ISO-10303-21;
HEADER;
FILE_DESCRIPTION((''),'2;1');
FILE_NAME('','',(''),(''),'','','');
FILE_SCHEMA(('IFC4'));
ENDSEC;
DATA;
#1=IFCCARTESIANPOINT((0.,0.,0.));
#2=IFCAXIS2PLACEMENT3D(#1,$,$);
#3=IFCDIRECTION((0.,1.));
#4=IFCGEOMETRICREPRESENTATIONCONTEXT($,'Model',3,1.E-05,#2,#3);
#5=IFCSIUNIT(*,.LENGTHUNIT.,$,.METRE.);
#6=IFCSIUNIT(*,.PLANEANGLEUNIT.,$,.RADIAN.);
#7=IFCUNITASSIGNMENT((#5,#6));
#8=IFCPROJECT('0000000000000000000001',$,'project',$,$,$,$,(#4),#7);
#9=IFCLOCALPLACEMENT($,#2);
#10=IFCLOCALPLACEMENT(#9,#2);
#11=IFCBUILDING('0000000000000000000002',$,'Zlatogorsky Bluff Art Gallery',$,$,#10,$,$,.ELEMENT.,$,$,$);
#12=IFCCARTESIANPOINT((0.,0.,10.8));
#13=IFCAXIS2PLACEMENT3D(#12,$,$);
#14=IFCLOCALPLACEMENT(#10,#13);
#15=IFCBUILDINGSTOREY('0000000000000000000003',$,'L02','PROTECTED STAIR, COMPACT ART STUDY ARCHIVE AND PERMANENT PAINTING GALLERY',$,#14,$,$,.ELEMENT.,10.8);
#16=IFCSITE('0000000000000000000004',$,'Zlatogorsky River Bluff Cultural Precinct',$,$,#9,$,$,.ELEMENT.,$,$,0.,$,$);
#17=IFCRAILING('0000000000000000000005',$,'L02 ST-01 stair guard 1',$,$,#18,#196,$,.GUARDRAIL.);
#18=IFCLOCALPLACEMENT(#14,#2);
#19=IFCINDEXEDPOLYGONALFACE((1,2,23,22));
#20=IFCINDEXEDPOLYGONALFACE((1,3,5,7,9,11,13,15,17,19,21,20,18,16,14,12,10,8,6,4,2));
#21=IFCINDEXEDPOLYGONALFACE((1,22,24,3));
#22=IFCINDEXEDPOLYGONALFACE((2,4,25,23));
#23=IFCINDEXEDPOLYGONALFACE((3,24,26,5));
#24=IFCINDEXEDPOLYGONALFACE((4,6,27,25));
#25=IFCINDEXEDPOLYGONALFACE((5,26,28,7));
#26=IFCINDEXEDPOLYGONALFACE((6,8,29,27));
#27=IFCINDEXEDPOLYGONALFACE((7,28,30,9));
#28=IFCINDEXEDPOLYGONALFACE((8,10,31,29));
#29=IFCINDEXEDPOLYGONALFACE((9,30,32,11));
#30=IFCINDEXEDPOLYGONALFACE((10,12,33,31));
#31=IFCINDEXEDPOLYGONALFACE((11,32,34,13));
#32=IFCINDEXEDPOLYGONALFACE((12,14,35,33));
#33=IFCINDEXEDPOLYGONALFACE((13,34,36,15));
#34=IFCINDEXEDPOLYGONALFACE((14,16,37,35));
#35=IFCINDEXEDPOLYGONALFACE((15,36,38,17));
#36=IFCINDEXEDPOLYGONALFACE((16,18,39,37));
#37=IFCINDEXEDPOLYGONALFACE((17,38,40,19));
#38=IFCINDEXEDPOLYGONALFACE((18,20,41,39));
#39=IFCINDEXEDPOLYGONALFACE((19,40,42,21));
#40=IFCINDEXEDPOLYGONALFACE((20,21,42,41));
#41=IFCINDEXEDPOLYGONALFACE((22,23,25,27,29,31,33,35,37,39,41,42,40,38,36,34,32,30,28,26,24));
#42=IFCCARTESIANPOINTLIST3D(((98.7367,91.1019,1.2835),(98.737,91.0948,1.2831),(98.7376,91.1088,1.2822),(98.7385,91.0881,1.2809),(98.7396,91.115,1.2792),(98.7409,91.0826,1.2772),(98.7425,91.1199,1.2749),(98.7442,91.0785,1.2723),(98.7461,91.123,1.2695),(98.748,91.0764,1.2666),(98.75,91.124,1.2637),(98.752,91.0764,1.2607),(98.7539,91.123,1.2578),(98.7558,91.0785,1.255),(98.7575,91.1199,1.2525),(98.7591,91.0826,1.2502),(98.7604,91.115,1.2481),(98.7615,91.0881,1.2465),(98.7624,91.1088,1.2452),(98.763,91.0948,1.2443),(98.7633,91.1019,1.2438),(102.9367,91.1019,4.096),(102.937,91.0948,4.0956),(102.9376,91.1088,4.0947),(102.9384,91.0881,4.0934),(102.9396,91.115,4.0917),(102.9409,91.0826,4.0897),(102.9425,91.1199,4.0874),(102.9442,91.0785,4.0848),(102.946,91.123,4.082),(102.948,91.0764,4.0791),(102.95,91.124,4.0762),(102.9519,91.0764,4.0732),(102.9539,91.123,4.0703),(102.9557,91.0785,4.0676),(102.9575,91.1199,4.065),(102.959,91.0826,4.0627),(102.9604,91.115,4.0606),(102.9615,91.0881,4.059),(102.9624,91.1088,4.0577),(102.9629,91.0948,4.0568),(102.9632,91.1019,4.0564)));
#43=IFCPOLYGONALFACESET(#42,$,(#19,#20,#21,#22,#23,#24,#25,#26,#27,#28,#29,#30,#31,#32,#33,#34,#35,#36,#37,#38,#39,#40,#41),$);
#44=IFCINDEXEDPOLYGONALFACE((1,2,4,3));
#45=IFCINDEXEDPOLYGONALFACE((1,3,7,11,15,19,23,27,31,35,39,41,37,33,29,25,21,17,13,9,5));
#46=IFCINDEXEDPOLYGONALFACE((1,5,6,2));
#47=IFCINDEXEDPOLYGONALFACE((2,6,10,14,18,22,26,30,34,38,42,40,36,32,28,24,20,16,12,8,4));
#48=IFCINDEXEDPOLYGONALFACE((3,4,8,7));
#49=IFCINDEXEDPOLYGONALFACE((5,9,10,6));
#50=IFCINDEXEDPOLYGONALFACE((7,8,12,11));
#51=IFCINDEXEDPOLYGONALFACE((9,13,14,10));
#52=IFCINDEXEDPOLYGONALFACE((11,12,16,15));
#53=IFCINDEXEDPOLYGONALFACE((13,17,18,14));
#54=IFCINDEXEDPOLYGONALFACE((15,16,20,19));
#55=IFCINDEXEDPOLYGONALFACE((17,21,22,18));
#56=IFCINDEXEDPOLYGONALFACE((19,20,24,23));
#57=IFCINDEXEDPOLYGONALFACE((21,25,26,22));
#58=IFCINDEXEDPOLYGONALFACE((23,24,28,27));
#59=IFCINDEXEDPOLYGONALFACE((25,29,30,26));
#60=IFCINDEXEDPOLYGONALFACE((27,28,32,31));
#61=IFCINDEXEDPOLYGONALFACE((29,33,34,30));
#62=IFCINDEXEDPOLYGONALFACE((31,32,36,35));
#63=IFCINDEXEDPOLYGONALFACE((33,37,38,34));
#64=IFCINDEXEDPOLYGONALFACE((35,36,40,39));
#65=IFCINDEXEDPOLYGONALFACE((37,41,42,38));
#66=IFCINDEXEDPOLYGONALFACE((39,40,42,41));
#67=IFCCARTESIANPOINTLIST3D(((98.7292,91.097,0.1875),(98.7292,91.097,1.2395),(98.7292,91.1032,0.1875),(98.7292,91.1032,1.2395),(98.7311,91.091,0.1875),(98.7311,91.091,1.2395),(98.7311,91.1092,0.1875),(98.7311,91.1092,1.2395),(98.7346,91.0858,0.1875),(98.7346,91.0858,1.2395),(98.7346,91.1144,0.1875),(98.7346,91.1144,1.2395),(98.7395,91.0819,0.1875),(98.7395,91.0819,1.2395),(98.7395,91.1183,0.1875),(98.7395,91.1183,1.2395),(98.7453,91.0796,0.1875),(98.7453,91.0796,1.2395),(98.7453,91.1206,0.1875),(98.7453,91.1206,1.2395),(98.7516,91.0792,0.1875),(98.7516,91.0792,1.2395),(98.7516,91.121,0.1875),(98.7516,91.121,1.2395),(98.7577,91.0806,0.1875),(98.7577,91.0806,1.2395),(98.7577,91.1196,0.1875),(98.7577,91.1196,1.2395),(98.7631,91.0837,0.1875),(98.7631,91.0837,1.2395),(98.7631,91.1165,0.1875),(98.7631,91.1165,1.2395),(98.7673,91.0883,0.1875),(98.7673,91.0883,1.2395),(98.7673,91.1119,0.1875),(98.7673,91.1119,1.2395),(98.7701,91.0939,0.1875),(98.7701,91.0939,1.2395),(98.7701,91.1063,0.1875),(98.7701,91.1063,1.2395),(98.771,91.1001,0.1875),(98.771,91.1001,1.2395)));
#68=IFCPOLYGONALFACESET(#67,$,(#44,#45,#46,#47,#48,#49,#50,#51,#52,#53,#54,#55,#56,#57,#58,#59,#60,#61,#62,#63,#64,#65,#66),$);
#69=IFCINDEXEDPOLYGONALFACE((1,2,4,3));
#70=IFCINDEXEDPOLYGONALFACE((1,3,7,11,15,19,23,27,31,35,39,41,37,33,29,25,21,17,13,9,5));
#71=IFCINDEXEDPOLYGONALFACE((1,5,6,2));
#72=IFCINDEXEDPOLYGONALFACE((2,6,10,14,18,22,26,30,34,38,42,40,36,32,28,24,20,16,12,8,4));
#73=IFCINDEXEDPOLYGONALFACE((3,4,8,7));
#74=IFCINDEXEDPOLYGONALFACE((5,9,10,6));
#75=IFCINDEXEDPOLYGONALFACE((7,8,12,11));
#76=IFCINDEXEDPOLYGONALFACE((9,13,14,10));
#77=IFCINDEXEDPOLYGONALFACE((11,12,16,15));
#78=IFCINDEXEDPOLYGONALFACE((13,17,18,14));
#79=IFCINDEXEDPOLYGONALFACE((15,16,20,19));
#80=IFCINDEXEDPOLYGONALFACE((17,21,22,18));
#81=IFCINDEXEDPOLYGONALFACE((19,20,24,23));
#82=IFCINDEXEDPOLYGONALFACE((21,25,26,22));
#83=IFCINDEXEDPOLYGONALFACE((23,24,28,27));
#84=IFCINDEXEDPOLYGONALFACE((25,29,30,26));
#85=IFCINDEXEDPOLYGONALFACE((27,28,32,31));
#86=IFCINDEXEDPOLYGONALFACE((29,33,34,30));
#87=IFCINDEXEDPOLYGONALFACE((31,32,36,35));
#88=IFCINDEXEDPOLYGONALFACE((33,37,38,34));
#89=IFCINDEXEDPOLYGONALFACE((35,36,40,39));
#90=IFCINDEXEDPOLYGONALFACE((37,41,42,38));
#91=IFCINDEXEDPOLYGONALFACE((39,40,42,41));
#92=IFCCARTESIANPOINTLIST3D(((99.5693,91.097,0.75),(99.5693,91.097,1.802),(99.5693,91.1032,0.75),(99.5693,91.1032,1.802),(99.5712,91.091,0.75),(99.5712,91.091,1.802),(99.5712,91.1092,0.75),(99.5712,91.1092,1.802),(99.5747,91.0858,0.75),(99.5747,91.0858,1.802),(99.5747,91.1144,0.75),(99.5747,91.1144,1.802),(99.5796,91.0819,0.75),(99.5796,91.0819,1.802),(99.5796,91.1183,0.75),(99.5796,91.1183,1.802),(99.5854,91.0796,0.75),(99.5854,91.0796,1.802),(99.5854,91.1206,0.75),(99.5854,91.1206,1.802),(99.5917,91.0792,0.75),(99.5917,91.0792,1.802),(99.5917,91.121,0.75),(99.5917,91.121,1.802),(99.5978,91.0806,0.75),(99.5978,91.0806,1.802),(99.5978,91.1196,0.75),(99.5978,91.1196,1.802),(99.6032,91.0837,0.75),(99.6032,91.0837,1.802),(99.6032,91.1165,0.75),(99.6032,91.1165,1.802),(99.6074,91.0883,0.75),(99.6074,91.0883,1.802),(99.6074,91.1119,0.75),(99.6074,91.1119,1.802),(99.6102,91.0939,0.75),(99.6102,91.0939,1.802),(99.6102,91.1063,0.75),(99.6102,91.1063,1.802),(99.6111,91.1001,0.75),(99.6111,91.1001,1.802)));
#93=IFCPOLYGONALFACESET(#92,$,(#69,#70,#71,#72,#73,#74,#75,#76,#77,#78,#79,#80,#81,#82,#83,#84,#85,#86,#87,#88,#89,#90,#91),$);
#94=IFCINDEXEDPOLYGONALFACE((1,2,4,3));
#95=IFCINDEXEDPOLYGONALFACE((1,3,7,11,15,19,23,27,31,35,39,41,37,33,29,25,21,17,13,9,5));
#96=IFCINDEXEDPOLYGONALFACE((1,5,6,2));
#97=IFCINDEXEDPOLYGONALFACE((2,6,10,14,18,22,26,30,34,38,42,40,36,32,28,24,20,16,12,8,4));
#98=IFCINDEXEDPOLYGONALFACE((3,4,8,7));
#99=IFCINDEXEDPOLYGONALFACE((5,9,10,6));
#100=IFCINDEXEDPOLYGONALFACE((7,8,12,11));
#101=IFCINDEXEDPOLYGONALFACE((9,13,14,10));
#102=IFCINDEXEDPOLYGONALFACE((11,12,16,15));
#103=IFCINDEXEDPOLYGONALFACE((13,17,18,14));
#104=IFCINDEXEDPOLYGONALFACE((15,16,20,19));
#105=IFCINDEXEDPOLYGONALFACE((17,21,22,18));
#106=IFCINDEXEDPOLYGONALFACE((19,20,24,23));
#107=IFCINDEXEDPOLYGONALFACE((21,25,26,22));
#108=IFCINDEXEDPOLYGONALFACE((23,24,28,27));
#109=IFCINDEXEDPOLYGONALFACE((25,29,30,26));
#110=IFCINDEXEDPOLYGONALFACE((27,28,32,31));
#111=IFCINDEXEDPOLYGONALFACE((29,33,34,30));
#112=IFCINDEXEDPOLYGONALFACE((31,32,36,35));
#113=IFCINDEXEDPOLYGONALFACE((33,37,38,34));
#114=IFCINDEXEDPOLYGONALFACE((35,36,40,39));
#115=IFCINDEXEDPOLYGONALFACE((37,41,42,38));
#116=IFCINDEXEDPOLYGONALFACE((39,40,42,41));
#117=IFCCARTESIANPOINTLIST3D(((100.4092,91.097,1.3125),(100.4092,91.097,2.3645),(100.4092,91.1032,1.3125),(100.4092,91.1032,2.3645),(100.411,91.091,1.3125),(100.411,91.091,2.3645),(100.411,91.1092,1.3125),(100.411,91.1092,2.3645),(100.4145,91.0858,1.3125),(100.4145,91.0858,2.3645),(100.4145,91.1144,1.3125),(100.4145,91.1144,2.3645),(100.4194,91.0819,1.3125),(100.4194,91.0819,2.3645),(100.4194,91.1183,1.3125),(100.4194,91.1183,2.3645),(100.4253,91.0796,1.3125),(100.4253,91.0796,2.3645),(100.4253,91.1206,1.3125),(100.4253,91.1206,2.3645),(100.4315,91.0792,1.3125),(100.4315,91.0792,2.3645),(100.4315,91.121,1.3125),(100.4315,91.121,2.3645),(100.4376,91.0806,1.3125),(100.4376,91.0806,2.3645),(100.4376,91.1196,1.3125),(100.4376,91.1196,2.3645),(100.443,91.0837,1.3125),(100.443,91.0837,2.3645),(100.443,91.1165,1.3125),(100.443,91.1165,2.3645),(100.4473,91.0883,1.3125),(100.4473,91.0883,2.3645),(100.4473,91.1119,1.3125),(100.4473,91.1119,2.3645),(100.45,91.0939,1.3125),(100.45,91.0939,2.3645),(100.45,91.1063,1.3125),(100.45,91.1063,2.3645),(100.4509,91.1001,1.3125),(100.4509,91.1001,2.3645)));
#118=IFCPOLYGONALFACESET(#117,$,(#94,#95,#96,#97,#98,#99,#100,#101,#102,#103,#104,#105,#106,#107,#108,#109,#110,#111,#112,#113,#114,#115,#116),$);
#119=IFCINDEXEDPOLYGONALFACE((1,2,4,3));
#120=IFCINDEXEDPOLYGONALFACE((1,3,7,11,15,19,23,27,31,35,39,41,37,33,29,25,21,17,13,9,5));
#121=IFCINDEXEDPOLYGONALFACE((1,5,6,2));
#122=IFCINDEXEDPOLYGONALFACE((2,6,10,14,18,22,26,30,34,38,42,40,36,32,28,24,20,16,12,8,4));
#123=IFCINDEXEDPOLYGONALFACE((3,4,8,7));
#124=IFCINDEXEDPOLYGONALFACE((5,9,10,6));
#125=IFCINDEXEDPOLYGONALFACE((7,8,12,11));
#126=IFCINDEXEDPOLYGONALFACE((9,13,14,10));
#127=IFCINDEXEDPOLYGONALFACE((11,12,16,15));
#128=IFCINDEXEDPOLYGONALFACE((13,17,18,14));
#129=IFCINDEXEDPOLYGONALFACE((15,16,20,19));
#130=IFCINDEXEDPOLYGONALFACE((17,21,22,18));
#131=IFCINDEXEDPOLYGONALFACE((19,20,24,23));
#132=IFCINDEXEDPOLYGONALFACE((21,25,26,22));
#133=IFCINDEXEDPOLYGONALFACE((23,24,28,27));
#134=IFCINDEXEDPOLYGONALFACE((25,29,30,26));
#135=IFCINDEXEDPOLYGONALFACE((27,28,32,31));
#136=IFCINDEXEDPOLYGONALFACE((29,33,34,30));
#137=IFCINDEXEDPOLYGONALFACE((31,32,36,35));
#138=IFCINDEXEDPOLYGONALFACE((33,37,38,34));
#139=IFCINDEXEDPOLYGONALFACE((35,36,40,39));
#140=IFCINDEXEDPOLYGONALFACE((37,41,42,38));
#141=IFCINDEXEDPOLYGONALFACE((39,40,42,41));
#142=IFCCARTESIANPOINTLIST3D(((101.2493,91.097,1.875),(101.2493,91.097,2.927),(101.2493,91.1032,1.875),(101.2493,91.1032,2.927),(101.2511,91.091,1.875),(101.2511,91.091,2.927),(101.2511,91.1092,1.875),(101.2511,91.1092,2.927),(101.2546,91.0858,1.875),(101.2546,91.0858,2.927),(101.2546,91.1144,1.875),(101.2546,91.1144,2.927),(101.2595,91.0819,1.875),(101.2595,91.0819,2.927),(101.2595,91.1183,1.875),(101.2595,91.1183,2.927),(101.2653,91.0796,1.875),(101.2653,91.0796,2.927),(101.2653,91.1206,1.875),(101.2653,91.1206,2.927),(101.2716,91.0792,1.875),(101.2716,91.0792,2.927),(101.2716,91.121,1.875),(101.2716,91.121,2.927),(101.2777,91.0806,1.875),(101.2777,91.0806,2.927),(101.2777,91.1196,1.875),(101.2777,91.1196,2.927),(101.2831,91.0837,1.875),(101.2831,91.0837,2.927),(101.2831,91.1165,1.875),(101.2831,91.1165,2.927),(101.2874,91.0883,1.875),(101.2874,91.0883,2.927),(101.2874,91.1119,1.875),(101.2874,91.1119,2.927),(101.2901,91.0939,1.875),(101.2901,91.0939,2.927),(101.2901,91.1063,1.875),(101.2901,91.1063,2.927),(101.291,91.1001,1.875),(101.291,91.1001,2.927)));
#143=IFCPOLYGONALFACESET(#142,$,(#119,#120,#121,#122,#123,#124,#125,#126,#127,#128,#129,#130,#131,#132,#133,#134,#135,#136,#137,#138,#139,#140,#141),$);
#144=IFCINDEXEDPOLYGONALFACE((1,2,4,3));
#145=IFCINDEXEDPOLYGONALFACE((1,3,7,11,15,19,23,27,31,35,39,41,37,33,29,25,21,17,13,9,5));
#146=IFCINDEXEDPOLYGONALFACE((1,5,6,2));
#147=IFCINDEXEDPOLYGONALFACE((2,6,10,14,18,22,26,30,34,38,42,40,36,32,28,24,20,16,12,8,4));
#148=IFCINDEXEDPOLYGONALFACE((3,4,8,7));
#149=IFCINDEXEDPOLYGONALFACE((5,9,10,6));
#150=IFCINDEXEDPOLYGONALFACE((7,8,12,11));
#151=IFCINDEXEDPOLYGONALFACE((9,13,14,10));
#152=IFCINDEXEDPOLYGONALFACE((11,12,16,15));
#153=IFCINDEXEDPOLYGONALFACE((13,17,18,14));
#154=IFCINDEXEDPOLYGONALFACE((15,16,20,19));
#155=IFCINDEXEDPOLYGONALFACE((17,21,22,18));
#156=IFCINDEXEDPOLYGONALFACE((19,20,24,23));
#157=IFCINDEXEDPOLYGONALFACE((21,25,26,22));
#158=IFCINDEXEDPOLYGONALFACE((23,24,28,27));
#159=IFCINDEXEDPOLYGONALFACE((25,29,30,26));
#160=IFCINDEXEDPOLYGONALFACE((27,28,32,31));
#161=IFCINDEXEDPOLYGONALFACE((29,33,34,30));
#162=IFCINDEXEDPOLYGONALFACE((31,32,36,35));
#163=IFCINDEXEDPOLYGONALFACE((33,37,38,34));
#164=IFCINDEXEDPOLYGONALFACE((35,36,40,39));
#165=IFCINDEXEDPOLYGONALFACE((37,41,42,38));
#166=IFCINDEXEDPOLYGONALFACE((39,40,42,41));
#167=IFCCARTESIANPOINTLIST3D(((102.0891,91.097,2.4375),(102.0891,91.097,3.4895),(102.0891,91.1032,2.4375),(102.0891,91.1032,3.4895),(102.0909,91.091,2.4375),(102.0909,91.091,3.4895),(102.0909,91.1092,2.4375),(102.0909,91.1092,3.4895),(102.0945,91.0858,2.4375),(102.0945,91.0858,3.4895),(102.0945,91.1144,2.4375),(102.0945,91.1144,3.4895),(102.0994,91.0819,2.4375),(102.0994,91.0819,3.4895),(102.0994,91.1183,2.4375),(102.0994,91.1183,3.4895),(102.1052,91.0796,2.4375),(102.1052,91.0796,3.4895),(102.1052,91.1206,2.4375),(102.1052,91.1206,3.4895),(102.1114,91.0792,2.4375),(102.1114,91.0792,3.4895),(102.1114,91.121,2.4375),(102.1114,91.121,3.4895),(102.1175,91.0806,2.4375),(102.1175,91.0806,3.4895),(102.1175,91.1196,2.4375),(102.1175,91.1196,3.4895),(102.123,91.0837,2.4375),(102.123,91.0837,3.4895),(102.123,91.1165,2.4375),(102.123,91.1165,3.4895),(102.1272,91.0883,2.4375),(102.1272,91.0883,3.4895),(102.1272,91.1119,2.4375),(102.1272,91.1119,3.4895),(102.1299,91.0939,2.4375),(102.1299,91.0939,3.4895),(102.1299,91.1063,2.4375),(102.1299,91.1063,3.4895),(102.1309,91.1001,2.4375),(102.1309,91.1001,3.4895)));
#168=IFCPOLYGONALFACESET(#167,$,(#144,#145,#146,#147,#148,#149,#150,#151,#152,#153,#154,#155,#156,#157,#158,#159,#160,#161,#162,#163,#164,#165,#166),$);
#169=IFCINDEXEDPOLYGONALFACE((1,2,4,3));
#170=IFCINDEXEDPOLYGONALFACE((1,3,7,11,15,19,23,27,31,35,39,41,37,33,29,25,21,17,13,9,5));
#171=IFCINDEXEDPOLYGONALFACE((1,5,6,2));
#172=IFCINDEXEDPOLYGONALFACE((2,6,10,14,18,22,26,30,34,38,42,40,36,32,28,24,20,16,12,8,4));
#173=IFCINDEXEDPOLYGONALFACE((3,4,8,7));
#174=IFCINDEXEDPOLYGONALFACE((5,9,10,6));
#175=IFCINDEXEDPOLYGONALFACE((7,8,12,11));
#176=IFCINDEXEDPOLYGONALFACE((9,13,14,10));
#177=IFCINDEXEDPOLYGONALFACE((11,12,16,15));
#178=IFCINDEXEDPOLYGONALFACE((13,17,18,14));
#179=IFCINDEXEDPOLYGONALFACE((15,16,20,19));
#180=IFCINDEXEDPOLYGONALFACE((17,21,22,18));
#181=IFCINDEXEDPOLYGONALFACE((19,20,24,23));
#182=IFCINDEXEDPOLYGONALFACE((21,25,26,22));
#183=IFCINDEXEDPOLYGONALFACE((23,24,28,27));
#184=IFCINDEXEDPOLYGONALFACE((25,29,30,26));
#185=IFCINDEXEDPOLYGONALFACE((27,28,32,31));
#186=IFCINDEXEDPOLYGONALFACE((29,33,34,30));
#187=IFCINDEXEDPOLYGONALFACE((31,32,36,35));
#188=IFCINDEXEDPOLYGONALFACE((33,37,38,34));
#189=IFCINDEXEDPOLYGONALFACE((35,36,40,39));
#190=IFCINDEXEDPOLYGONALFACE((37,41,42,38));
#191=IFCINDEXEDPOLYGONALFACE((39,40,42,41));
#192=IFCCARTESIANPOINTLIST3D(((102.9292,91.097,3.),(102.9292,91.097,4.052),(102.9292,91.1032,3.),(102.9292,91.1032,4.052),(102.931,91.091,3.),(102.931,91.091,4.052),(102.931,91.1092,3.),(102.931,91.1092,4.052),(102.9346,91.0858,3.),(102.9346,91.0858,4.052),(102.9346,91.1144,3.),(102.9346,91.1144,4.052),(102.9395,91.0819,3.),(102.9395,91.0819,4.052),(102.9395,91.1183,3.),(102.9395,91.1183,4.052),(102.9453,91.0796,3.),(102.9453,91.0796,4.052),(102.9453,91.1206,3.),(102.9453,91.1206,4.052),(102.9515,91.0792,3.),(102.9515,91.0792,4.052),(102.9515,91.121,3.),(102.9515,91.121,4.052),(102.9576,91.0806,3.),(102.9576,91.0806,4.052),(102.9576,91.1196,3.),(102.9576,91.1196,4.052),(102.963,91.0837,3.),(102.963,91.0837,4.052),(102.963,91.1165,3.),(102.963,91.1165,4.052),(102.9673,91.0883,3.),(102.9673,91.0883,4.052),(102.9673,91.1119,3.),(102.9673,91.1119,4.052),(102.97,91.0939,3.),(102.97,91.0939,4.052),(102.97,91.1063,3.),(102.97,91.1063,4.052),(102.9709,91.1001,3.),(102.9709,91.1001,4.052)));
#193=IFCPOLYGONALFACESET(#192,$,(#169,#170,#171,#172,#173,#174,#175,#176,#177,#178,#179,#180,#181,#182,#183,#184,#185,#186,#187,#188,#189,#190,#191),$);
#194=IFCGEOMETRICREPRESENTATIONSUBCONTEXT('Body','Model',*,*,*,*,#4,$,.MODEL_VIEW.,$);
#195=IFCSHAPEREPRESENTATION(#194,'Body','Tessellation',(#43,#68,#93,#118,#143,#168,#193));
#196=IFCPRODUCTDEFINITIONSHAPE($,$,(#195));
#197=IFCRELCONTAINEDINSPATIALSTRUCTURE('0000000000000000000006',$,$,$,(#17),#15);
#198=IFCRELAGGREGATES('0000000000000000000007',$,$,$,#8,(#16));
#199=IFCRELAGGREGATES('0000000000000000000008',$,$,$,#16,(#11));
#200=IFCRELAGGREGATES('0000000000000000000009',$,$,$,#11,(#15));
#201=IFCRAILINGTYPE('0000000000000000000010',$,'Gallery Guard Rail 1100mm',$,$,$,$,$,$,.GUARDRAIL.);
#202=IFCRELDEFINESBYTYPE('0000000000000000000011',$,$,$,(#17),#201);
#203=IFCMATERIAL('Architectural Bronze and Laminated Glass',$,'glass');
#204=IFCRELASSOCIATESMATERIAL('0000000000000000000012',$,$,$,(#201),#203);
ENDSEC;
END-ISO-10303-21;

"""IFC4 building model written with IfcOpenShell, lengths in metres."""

from ifc_helpers import new_model, si_unit, direction, frame, origin, origin_2d, place, context, subcontext, project, spatial, circle, extrude, material, type_object, element, save


model = new_model("IFC4")

# Units and contexts
model_context = context("Model", 3, precision=1e-05, world=origin(), true_north=direction((0.0, 1.0)))
body_context = subcontext(model_context, "Body", "Model", "MODEL_VIEW")
ifc_project = project(units=[si_unit("LENGTHUNIT", "METRE"), si_unit("PLANEANGLEUNIT", "RADIAN")], contexts=[model_context])

# Site, building, storey
site_placement = place(None, origin())
site = spatial("IfcSite", under=ifc_project, at=site_placement, Name="Zlatogorsky River Bluff Cultural Precinct", CompositionType="ELEMENT", RefElevation=0.0)
building_placement = place(site_placement, origin())
building = spatial("IfcBuilding", under=site, at=building_placement, Name="Zlatogorsky Bluff Art Gallery", CompositionType="ELEMENT")
storey_placement = place(building_placement, frame((0.0, 0.0, 10.8)))
storey = spatial("IfcBuildingStorey", under=building, at=storey_placement, Name="L02", Description="PROTECTED STAIR, COMPACT ART STUDY ARCHIVE AND PERMANENT PAINTING GALLERY", CompositionType="ELEMENT", Elevation=10.8)

# Railing
ifc_material_1 = material(Name="Architectural Bronze and Laminated Glass", Category="glass")
railing_type_1 = type_object("IfcRailingType", Name="Gallery Guard Rail 1100mm", PredefinedType="GUARDRAIL", material=ifc_material_1)
railing_1_placement = place(storey_placement, frame((98.75, 91.1001, 0.1875)))
element("IfcRailing", 1, at=railing_1_placement, inside=storey, type_object=railing_type_1, Name="L02 ST-01 stair guard 1", PredefinedType="GUARDRAIL", context=body_context, shape_type="SweptSolid", body=[
    extrude(circle(Radius=0.0239, at=origin_2d()), frame((0.0, 0.0, 1.0762), z_axis=(0.830904, 0.0, 0.556416), x_axis=(0.0, 1.0, 0.0)), (0.0, 0.0, 1.0), 5.0547),
    extrude(circle(Radius=0.021, at=origin_2d()), origin(), (0.0, 0.0, 1.0), 1.052),
    extrude(circle(Radius=0.021, at=origin_2d()), frame((0.8401, 0.0, 0.5625)), (0.0, 0.0, 1.0), 1.052),
    extrude(circle(Radius=0.021, at=origin_2d()), frame((1.6799, 0.0, 1.125)), (0.0, 0.0, 1.0), 1.052),
    extrude(circle(Radius=0.021, at=origin_2d()), frame((2.52, 0.0, 1.6875)), (0.0, 0.0, 1.0), 1.052),
    extrude(circle(Radius=0.021, at=origin_2d()), frame((3.3599, 0.0, 2.25)), (0.0, 0.0, 1.0), 1.052),
    extrude(circle(Radius=0.021, at=origin_2d()), frame((4.2, 0.0, 2.8125)), (0.0, 0.0, 1.0), 1.052),
])

save(model, "model.ifc")
